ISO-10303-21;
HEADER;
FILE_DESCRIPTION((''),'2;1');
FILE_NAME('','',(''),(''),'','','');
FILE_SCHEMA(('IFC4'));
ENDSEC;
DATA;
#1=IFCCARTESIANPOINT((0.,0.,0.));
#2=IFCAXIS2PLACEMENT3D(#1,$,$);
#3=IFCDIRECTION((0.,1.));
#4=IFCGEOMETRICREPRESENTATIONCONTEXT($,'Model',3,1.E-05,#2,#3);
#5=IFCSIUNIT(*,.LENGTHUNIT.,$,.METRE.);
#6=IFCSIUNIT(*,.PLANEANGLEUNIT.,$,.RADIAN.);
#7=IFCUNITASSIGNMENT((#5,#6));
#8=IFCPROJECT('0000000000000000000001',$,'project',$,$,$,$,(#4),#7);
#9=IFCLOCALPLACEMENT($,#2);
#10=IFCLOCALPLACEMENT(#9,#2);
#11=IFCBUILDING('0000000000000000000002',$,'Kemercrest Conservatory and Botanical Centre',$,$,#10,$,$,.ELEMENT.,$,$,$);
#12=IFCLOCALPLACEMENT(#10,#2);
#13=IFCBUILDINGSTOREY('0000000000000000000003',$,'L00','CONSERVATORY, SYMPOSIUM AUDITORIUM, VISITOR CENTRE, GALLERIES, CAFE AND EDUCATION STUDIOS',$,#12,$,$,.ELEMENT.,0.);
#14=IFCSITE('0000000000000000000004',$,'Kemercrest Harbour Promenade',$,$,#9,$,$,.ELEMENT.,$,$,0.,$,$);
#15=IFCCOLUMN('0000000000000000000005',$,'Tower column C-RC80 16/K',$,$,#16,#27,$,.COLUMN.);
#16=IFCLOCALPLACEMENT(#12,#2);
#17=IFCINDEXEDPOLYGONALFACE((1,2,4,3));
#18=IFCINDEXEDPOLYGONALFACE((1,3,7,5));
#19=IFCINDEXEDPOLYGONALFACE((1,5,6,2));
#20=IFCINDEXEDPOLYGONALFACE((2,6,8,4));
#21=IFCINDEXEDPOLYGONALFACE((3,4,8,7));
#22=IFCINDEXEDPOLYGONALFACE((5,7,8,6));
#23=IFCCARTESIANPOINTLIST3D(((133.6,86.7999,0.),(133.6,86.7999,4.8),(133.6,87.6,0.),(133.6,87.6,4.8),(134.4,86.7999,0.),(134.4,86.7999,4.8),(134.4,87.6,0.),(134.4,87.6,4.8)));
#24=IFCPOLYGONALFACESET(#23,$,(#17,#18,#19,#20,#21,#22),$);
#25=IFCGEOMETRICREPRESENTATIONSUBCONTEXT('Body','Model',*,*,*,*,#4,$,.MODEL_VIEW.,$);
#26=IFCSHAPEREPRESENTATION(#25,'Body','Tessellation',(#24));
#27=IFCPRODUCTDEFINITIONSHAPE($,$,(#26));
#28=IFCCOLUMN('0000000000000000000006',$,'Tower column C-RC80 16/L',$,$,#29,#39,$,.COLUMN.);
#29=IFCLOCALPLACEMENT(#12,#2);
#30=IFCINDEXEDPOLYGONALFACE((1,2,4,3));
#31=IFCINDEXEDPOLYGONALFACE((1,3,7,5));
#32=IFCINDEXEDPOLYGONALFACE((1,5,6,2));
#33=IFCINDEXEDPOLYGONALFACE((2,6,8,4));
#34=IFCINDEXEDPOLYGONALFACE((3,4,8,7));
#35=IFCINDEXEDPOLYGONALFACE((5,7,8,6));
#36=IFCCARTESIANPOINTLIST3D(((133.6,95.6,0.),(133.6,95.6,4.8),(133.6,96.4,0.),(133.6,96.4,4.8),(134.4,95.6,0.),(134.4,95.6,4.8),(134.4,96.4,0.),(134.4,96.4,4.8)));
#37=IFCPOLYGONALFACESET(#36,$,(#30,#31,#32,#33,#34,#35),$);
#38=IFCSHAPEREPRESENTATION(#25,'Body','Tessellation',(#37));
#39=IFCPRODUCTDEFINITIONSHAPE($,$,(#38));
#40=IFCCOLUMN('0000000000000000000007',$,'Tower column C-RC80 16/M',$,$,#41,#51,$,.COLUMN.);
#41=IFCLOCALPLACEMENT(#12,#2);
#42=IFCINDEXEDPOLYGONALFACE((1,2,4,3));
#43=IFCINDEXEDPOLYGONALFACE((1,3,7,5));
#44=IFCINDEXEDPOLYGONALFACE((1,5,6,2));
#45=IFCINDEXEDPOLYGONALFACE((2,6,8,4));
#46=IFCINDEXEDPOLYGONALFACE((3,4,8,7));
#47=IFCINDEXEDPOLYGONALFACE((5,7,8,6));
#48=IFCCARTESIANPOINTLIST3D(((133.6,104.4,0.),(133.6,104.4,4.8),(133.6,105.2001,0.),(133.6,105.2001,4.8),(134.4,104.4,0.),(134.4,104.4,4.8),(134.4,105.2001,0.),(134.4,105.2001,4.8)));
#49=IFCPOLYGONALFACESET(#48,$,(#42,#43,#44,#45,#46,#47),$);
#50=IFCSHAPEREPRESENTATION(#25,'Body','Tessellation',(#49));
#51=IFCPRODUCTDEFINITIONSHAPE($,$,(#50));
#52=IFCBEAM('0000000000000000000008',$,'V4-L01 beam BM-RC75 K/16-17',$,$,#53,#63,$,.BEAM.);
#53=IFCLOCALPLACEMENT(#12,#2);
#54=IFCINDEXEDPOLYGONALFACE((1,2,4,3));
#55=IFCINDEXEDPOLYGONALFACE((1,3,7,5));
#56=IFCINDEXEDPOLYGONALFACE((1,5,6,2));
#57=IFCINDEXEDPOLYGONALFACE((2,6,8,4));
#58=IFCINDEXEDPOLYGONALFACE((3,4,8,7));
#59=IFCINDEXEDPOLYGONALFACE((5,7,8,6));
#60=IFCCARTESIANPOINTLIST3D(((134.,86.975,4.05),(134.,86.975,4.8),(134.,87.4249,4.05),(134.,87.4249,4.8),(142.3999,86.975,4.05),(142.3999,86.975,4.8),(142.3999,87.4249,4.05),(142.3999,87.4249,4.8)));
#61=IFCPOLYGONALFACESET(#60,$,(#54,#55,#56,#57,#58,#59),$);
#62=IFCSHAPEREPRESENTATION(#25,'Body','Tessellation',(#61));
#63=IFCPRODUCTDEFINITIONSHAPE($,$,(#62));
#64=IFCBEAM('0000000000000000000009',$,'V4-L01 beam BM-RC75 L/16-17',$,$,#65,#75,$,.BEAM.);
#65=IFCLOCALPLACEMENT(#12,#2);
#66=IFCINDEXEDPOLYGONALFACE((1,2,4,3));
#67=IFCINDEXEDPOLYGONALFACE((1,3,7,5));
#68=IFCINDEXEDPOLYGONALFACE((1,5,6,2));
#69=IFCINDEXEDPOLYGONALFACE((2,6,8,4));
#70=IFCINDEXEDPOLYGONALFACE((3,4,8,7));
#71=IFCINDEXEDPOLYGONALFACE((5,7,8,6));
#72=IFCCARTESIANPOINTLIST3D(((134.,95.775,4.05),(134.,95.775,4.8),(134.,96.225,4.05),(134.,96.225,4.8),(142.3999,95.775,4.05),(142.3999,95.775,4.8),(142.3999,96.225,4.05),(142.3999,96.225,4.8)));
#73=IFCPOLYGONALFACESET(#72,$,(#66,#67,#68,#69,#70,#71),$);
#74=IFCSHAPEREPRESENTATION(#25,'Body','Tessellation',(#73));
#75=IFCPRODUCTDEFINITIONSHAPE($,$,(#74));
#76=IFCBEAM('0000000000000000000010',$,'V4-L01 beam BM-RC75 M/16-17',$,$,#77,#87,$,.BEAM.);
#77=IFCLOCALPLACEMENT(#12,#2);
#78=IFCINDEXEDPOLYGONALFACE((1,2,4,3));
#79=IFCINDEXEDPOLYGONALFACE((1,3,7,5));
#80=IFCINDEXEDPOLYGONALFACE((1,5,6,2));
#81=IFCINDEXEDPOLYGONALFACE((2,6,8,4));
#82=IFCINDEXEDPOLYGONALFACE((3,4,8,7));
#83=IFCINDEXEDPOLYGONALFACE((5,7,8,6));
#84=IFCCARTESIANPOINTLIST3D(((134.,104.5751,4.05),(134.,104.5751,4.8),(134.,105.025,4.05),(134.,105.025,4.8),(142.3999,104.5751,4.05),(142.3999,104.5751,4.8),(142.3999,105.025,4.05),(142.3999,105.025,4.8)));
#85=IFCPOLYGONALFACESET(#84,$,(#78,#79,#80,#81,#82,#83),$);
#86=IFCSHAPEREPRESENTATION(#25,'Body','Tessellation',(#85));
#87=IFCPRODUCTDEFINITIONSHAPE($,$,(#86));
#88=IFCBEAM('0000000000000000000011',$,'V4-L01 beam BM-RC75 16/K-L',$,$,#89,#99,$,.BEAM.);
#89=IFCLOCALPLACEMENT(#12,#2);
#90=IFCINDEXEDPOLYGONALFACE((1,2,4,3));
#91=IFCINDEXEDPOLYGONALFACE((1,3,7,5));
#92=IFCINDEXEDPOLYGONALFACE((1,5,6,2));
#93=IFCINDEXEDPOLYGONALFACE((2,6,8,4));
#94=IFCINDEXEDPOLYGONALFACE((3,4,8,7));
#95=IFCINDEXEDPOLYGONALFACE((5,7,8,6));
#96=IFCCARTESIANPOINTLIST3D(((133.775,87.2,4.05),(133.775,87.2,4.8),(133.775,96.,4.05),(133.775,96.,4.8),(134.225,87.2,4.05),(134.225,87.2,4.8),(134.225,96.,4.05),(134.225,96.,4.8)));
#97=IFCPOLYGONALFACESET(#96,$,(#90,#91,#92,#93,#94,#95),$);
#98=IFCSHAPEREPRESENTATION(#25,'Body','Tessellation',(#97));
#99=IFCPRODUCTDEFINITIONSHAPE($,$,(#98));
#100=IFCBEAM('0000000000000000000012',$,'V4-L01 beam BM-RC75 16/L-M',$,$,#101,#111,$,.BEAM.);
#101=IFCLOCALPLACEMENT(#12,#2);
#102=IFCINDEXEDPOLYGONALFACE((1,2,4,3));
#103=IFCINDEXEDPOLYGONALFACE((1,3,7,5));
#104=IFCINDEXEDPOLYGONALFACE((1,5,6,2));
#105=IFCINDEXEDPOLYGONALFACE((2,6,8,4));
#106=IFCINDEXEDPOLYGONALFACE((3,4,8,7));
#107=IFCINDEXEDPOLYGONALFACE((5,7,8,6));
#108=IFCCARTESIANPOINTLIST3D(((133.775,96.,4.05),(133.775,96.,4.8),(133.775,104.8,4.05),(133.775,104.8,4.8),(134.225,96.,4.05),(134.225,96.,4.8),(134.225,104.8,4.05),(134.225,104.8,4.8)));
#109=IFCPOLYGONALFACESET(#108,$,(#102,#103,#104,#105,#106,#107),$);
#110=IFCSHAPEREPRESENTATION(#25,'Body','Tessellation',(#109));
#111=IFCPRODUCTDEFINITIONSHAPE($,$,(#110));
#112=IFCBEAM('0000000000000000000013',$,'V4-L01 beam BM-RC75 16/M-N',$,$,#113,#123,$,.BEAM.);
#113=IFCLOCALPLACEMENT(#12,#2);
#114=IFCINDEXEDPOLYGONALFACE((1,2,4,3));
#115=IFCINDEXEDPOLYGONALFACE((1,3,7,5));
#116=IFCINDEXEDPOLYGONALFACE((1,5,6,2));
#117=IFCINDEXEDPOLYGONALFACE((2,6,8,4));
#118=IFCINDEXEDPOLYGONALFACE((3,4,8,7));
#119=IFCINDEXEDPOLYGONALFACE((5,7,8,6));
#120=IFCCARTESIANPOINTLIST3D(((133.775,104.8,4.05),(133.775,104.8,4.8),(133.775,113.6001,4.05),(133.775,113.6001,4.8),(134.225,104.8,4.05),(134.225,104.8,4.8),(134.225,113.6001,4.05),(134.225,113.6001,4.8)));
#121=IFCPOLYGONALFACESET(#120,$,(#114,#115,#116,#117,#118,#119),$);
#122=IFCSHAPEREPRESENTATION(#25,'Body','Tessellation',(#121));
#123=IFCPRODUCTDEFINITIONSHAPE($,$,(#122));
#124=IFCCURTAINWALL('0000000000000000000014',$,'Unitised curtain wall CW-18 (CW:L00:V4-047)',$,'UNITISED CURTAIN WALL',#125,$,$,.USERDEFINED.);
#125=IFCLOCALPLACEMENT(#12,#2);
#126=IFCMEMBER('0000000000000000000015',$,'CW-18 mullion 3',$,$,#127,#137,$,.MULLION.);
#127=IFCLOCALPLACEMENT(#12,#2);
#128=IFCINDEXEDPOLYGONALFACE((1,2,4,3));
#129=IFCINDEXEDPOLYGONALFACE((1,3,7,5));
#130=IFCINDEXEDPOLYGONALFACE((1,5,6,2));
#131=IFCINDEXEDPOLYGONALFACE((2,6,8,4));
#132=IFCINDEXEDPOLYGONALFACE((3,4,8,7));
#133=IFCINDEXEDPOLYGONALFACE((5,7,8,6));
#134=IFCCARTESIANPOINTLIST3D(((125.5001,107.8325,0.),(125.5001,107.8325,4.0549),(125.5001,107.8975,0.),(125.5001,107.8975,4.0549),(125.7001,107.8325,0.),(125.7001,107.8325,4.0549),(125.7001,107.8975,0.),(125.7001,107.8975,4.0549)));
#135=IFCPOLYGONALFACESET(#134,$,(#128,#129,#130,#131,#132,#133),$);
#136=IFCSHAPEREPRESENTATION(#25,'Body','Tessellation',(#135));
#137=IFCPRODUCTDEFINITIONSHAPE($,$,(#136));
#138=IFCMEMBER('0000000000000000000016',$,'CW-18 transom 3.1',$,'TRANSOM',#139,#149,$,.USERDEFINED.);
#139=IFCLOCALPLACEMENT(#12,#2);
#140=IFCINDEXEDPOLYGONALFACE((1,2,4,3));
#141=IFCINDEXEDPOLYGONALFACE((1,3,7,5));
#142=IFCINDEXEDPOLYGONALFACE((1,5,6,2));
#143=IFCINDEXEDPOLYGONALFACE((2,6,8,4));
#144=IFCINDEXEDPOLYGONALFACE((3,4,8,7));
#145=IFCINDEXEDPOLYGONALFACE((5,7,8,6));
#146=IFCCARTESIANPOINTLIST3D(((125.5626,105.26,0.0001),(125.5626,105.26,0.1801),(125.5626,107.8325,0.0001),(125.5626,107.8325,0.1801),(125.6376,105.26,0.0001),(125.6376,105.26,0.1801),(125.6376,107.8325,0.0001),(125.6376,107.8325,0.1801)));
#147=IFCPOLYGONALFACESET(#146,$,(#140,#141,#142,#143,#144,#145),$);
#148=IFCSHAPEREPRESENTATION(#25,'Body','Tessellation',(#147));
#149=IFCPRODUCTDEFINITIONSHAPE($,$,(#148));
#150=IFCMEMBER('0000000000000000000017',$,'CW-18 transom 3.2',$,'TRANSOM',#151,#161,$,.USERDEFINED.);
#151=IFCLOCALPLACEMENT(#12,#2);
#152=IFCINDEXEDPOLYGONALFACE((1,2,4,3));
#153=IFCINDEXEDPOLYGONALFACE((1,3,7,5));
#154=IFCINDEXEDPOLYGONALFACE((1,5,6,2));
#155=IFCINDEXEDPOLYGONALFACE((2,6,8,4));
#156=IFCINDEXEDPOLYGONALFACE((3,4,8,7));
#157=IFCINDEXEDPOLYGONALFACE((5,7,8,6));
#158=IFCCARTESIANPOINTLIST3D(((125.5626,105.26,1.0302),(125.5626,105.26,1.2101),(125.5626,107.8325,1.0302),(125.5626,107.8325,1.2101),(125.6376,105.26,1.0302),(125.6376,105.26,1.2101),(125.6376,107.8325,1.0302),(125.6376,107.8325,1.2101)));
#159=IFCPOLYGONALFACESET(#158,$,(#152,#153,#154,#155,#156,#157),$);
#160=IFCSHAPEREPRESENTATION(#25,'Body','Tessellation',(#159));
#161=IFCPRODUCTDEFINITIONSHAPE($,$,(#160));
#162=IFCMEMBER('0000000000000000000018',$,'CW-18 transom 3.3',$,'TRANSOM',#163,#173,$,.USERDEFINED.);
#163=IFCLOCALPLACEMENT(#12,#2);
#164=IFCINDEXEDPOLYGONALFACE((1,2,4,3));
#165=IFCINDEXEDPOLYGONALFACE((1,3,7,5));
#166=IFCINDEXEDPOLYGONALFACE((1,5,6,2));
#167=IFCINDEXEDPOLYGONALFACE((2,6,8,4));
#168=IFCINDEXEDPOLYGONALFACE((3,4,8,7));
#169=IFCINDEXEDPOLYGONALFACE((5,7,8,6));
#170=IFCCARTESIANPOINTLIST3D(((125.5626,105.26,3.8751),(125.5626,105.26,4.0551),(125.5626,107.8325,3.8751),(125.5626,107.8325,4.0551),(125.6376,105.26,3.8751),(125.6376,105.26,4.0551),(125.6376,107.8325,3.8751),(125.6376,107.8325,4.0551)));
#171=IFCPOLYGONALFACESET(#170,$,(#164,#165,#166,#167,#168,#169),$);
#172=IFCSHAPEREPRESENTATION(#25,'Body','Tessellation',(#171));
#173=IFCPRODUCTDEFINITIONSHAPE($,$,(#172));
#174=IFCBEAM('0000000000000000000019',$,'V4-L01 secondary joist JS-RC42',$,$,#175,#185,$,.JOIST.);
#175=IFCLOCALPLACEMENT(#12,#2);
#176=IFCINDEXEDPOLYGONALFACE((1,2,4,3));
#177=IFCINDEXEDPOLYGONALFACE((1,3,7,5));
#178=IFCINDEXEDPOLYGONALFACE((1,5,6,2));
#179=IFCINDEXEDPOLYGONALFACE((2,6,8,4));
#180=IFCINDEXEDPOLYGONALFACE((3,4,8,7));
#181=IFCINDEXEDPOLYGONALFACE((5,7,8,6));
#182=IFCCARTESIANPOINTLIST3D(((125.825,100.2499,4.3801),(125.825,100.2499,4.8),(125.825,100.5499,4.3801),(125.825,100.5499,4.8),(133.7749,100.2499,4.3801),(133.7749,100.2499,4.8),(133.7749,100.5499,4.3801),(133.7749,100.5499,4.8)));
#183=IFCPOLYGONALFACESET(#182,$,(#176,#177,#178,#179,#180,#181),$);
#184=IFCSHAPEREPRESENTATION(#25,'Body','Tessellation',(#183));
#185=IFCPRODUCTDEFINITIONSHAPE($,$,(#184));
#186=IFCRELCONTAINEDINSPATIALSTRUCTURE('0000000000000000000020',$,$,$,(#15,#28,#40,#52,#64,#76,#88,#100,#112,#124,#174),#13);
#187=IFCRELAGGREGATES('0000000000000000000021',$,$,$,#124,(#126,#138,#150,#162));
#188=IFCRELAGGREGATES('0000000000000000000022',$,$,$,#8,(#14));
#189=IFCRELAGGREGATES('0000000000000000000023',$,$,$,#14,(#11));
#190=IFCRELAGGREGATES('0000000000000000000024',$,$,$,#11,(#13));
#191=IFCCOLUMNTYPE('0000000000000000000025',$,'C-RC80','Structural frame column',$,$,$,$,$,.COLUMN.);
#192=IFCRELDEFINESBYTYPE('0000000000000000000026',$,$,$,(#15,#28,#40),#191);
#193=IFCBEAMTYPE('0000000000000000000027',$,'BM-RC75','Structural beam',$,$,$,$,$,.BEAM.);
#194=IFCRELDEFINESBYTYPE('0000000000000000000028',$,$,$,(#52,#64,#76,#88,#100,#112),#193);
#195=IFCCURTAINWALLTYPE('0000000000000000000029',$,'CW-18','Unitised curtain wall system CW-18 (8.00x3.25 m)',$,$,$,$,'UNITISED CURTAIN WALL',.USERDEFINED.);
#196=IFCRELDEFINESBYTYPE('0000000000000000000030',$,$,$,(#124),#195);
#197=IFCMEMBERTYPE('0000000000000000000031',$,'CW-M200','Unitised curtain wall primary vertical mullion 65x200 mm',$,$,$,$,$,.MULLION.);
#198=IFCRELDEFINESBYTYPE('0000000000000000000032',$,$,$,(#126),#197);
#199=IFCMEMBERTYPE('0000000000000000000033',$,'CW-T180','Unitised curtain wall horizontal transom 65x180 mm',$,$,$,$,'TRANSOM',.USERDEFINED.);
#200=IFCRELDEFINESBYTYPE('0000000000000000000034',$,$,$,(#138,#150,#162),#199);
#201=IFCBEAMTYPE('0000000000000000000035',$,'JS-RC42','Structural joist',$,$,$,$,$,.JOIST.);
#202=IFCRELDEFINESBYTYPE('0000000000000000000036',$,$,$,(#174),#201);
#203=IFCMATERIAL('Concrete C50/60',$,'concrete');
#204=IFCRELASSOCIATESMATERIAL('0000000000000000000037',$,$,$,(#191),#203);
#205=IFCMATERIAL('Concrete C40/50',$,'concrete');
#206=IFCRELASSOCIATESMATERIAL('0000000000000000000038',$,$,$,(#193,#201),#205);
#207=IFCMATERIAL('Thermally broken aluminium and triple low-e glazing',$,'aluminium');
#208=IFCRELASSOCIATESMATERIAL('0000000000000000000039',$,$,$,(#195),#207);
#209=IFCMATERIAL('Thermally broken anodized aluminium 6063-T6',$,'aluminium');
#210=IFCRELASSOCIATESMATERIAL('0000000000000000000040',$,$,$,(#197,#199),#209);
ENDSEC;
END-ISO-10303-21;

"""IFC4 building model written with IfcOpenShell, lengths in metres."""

from ifc_helpers import new_model, si_unit, direction, frame, origin, origin_2d, place, context, subcontext, project, spatial, rectangle, extrude, material, material_profile, profile_set, type_object, element, aggregate, save


model = new_model("IFC4")

# Units and contexts
model_context = context("Model", 3, precision=1e-05, world=origin(), true_north=direction((0.0, 1.0)))
body_context = subcontext(model_context, "Body", "Model", "MODEL_VIEW")
ifc_project = project(units=[si_unit("LENGTHUNIT", "METRE"), si_unit("PLANEANGLEUNIT", "RADIAN")], contexts=[model_context])

# Site, building, storey
site_placement = place(None, origin())
site = spatial("IfcSite", under=ifc_project, at=site_placement, Name="Kemercrest Harbour Promenade", CompositionType="ELEMENT", RefElevation=0.0)
building_placement = place(site_placement, origin())
building = spatial("IfcBuilding", under=site, at=building_placement, Name="Kemercrest Conservatory and Botanical Centre", CompositionType="ELEMENT")
storey_placement = place(building_placement, origin())
storey = spatial("IfcBuildingStorey", under=building, at=storey_placement, Name="L00", Description="CONSERVATORY, SYMPOSIUM AUDITORIUM, VISITOR CENTRE, GALLERIES, CAFE AND EDUCATION STUDIOS", CompositionType="ELEMENT", Elevation=0.0)

# Columns
ifc_material_1 = material(Name="Concrete C50/60", Category="concrete")
ifc_material_profile_1 = material_profile(ifc_material_1, rectangle(XDim=0.8, YDim=0.8, at=origin_2d()), Name="RC 800x800")
ifc_profile_set_1 = profile_set([ifc_material_profile_1], Name="Concrete C50/60")
column_type = type_object("IfcColumnType", Name="C-RC80", Description="Structural frame column", PredefinedType="COLUMN", material=ifc_profile_set_1)
for number, where, z_axis, x_axis, name in (
    (1, (134.0, 87.2, 0.0), (0.0, 0.0, 1.0), (1.0, 0.0, 0.0), "Tower column C-RC80 16/K"),
    (2, (134.0, 96.0, 0.0), (0.0, 0.0, 1.0), (1.0, 0.0, 0.0), "Tower column C-RC80 16/L"),
    (3, (134.0, 104.8, 0.0), (0.0, 0.0, 1.0), (1.0, 0.0, 0.0), "Tower column C-RC80 16/M"),
):
    element("IfcColumn", number, at=place(storey_placement, frame(where, z_axis=z_axis, x_axis=x_axis)), inside=storey, type_object=column_type, Name=name, PredefinedType="COLUMN", context=body_context, shape_type="SweptSolid", body=[
        extrude(rectangle(XDim=0.8, YDim=0.8, at=origin_2d()), origin(), (0.0, 0.0, 1.0), 4.8),
    ])

# Beams
ifc_material_2 = material(Name="Concrete C40/50", Category="concrete")
ifc_material_profile_2 = material_profile(ifc_material_2, rectangle(XDim=0.45, YDim=0.75, at=origin_2d()), Name="RC 450x750")
ifc_profile_set_2 = profile_set([ifc_material_profile_2], Name="Concrete C40/50")
beam_type_1 = type_object("IfcBeamType", Name="BM-RC75", Description="Structural beam", PredefinedType="BEAM", material=ifc_profile_set_2)
for number, where, z_axis, x_axis, name in (
    (4, (134.0, 87.2, 4.425), (1.0, 0.0, 0.0), (0.0, 1.0, 0.0), "V4-L01 beam BM-RC75 K/16-17"),
    (5, (134.0, 96.0, 4.425), (1.0, 0.0, 0.0), (0.0, 1.0, 0.0), "V4-L01 beam BM-RC75 L/16-17"),
    (6, (134.0, 104.8, 4.425), (1.0, 0.0, 0.0), (0.0, 1.0, 0.0), "V4-L01 beam BM-RC75 M/16-17"),
):
    element("IfcBeam", number, at=place(storey_placement, frame(where, z_axis=z_axis, x_axis=x_axis)), inside=storey, type_object=beam_type_1, Name=name, PredefinedType="BEAM", context=body_context, shape_type="SweptSolid", body=[
        extrude(rectangle(XDim=0.45, YDim=0.75, at=origin_2d()), origin(), (0.0, 0.0, 1.0), 8.3999),
    ])
for number, where, z_axis, x_axis, name in (
    (7, (134.0, 87.2, 4.425), (0.0, 1.0, 0.0), (-1.0, 0.0, 0.0), "V4-L01 beam BM-RC75 16/K-L"),
    (8, (134.0, 96.0, 4.425), (0.0, 1.0, 0.0), (-1.0, 0.0, 0.0), "V4-L01 beam BM-RC75 16/L-M"),
    (9, (134.0, 104.8, 4.425), (0.0, 1.0, 0.0), (-1.0, 0.0, 0.0), "V4-L01 beam BM-RC75 16/M-N"),
):
    element("IfcBeam", number, at=place(storey_placement, frame(where, z_axis=z_axis, x_axis=x_axis)), inside=storey, type_object=beam_type_1, Name=name, PredefinedType="BEAM", context=body_context, shape_type="SweptSolid", body=[
        extrude(rectangle(XDim=0.45, YDim=0.75, at=origin_2d()), origin(), (0.0, 0.0, 1.0), 8.8),
    ])

# Curtain wall, members
ifc_material_3 = material(Name="Thermally broken aluminium and triple low-e glazing", Category="aluminium")
curtain_wall_type = type_object("IfcCurtainWallType", Name="CW-18", Description="Unitised curtain wall system CW-18 (8.00x3.25 m)", ElementType="UNITISED CURTAIN WALL", PredefinedType="USERDEFINED", material=ifc_material_3)
curtain_wall_placement = place(storey_placement, origin())
curtain_wall = element("IfcCurtainWall", 10, at=curtain_wall_placement, inside=storey, type_object=curtain_wall_type, Name="Unitised curtain wall CW-18 (CW:L00:V4-047)", ObjectType="UNITISED CURTAIN WALL", PredefinedType="USERDEFINED")
ifc_material_4 = material(Name="Thermally broken anodized aluminium 6063-T6", Category="aluminium")
ifc_material_profile_3 = material_profile(ifc_material_4, rectangle(XDim=0.2, YDim=0.0649, at=origin_2d()), Name="AL MULLION 65x200")
ifc_profile_set_3 = profile_set([ifc_material_profile_3], Name="Thermally broken anodized aluminium 6063-T6")
member_type_1 = type_object("IfcMemberType", Name="CW-M200", Description="Unitised curtain wall primary vertical mullion 65x200 mm", PredefinedType="MULLION", material=ifc_profile_set_3)
member_1_placement = place(storey_placement, frame((125.6001, 107.865, 0.0), z_axis=(0.0, 0.0, 1.0), x_axis=(1.0, 0.0, 0.0)))
member_1 = element("IfcMember", 11, at=member_1_placement, type_object=member_type_1, Name="CW-18 mullion 3", PredefinedType="MULLION", context=body_context, shape_type="SweptSolid", body=[
    extrude(rectangle(XDim=0.2, YDim=0.0649, at=origin_2d()), origin(), (0.0, 0.0, 1.0), 4.0549),
])
ifc_material_profile_4 = material_profile(ifc_material_4, rectangle(XDim=0.075, YDim=0.1799, at=origin_2d()), Name="AL TRANSOM 75x180")
ifc_profile_set_4 = profile_set([ifc_material_profile_4], Name="Thermally broken anodized aluminium 6063-T6")
member_type_2 = type_object("IfcMemberType", Name="CW-T180", Description="Unitised curtain wall horizontal transom 65x180 mm", ElementType="TRANSOM", PredefinedType="USERDEFINED", material=ifc_profile_set_4)
member_2_placement = place(storey_placement, frame((125.6001, 107.8325, 0.0901), z_axis=(0.0, -1.0, 0.0), x_axis=(1.0, 0.0, 0.0)))
member_2 = element("IfcMember", 12, at=member_2_placement, type_object=member_type_2, Name="CW-18 transom 3.1", ObjectType="TRANSOM", PredefinedType="USERDEFINED", context=body_context, shape_type="SweptSolid", body=[
    extrude(rectangle(XDim=0.075, YDim=0.1799, at=origin_2d()), origin(), (0.0, 0.0, 1.0), 2.5725),
])
member_3_placement = place(storey_placement, frame((125.6001, 107.8325, 1.1201), z_axis=(0.0, -1.0, 0.0), x_axis=(1.0, 0.0, 0.0)))
member_3 = element("IfcMember", 13, at=member_3_placement, type_object=member_type_2, Name="CW-18 transom 3.2", ObjectType="TRANSOM", PredefinedType="USERDEFINED", context=body_context, shape_type="SweptSolid", body=[
    extrude(rectangle(XDim=0.075, YDim=0.1799, at=origin_2d()), origin(), (0.0, 0.0, 1.0), 2.5725),
])
member_4_placement = place(storey_placement, frame((125.6001, 107.8325, 3.9651), z_axis=(0.0, -1.0, 0.0), x_axis=(1.0, 0.0, 0.0)))
member_4 = element("IfcMember", 14, at=member_4_placement, type_object=member_type_2, Name="CW-18 transom 3.3", ObjectType="TRANSOM", PredefinedType="USERDEFINED", context=body_context, shape_type="SweptSolid", body=[
    extrude(rectangle(XDim=0.075, YDim=0.1799, at=origin_2d()), origin(), (0.0, 0.0, 1.0), 2.5725),
])
aggregate(curtain_wall, [member_1, member_2, member_3, member_4])

# Beam
ifc_material_profile_5 = material_profile(ifc_material_2, rectangle(XDim=0.3, YDim=0.4199, at=origin_2d()), Name="RC 300x420")
ifc_profile_set_5 = profile_set([ifc_material_profile_5], Name="Concrete C40/50")
beam_type_2 = type_object("IfcBeamType", Name="JS-RC42", Description="Structural joist", PredefinedType="JOIST", material=ifc_profile_set_5)
beam_placement = place(storey_placement, frame((125.825, 100.3999, 4.5901), z_axis=(1.0, 0.0, 0.0), x_axis=(0.0, 1.0, 0.0)))
element("IfcBeam", 15, at=beam_placement, inside=storey, type_object=beam_type_2, Name="V4-L01 secondary joist JS-RC42", PredefinedType="JOIST", context=body_context, shape_type="SweptSolid", body=[
    extrude(rectangle(XDim=0.3, YDim=0.4199, at=origin_2d()), origin(), (0.0, 0.0, 1.0), 7.95),
])

save(model, "model.ifc")
